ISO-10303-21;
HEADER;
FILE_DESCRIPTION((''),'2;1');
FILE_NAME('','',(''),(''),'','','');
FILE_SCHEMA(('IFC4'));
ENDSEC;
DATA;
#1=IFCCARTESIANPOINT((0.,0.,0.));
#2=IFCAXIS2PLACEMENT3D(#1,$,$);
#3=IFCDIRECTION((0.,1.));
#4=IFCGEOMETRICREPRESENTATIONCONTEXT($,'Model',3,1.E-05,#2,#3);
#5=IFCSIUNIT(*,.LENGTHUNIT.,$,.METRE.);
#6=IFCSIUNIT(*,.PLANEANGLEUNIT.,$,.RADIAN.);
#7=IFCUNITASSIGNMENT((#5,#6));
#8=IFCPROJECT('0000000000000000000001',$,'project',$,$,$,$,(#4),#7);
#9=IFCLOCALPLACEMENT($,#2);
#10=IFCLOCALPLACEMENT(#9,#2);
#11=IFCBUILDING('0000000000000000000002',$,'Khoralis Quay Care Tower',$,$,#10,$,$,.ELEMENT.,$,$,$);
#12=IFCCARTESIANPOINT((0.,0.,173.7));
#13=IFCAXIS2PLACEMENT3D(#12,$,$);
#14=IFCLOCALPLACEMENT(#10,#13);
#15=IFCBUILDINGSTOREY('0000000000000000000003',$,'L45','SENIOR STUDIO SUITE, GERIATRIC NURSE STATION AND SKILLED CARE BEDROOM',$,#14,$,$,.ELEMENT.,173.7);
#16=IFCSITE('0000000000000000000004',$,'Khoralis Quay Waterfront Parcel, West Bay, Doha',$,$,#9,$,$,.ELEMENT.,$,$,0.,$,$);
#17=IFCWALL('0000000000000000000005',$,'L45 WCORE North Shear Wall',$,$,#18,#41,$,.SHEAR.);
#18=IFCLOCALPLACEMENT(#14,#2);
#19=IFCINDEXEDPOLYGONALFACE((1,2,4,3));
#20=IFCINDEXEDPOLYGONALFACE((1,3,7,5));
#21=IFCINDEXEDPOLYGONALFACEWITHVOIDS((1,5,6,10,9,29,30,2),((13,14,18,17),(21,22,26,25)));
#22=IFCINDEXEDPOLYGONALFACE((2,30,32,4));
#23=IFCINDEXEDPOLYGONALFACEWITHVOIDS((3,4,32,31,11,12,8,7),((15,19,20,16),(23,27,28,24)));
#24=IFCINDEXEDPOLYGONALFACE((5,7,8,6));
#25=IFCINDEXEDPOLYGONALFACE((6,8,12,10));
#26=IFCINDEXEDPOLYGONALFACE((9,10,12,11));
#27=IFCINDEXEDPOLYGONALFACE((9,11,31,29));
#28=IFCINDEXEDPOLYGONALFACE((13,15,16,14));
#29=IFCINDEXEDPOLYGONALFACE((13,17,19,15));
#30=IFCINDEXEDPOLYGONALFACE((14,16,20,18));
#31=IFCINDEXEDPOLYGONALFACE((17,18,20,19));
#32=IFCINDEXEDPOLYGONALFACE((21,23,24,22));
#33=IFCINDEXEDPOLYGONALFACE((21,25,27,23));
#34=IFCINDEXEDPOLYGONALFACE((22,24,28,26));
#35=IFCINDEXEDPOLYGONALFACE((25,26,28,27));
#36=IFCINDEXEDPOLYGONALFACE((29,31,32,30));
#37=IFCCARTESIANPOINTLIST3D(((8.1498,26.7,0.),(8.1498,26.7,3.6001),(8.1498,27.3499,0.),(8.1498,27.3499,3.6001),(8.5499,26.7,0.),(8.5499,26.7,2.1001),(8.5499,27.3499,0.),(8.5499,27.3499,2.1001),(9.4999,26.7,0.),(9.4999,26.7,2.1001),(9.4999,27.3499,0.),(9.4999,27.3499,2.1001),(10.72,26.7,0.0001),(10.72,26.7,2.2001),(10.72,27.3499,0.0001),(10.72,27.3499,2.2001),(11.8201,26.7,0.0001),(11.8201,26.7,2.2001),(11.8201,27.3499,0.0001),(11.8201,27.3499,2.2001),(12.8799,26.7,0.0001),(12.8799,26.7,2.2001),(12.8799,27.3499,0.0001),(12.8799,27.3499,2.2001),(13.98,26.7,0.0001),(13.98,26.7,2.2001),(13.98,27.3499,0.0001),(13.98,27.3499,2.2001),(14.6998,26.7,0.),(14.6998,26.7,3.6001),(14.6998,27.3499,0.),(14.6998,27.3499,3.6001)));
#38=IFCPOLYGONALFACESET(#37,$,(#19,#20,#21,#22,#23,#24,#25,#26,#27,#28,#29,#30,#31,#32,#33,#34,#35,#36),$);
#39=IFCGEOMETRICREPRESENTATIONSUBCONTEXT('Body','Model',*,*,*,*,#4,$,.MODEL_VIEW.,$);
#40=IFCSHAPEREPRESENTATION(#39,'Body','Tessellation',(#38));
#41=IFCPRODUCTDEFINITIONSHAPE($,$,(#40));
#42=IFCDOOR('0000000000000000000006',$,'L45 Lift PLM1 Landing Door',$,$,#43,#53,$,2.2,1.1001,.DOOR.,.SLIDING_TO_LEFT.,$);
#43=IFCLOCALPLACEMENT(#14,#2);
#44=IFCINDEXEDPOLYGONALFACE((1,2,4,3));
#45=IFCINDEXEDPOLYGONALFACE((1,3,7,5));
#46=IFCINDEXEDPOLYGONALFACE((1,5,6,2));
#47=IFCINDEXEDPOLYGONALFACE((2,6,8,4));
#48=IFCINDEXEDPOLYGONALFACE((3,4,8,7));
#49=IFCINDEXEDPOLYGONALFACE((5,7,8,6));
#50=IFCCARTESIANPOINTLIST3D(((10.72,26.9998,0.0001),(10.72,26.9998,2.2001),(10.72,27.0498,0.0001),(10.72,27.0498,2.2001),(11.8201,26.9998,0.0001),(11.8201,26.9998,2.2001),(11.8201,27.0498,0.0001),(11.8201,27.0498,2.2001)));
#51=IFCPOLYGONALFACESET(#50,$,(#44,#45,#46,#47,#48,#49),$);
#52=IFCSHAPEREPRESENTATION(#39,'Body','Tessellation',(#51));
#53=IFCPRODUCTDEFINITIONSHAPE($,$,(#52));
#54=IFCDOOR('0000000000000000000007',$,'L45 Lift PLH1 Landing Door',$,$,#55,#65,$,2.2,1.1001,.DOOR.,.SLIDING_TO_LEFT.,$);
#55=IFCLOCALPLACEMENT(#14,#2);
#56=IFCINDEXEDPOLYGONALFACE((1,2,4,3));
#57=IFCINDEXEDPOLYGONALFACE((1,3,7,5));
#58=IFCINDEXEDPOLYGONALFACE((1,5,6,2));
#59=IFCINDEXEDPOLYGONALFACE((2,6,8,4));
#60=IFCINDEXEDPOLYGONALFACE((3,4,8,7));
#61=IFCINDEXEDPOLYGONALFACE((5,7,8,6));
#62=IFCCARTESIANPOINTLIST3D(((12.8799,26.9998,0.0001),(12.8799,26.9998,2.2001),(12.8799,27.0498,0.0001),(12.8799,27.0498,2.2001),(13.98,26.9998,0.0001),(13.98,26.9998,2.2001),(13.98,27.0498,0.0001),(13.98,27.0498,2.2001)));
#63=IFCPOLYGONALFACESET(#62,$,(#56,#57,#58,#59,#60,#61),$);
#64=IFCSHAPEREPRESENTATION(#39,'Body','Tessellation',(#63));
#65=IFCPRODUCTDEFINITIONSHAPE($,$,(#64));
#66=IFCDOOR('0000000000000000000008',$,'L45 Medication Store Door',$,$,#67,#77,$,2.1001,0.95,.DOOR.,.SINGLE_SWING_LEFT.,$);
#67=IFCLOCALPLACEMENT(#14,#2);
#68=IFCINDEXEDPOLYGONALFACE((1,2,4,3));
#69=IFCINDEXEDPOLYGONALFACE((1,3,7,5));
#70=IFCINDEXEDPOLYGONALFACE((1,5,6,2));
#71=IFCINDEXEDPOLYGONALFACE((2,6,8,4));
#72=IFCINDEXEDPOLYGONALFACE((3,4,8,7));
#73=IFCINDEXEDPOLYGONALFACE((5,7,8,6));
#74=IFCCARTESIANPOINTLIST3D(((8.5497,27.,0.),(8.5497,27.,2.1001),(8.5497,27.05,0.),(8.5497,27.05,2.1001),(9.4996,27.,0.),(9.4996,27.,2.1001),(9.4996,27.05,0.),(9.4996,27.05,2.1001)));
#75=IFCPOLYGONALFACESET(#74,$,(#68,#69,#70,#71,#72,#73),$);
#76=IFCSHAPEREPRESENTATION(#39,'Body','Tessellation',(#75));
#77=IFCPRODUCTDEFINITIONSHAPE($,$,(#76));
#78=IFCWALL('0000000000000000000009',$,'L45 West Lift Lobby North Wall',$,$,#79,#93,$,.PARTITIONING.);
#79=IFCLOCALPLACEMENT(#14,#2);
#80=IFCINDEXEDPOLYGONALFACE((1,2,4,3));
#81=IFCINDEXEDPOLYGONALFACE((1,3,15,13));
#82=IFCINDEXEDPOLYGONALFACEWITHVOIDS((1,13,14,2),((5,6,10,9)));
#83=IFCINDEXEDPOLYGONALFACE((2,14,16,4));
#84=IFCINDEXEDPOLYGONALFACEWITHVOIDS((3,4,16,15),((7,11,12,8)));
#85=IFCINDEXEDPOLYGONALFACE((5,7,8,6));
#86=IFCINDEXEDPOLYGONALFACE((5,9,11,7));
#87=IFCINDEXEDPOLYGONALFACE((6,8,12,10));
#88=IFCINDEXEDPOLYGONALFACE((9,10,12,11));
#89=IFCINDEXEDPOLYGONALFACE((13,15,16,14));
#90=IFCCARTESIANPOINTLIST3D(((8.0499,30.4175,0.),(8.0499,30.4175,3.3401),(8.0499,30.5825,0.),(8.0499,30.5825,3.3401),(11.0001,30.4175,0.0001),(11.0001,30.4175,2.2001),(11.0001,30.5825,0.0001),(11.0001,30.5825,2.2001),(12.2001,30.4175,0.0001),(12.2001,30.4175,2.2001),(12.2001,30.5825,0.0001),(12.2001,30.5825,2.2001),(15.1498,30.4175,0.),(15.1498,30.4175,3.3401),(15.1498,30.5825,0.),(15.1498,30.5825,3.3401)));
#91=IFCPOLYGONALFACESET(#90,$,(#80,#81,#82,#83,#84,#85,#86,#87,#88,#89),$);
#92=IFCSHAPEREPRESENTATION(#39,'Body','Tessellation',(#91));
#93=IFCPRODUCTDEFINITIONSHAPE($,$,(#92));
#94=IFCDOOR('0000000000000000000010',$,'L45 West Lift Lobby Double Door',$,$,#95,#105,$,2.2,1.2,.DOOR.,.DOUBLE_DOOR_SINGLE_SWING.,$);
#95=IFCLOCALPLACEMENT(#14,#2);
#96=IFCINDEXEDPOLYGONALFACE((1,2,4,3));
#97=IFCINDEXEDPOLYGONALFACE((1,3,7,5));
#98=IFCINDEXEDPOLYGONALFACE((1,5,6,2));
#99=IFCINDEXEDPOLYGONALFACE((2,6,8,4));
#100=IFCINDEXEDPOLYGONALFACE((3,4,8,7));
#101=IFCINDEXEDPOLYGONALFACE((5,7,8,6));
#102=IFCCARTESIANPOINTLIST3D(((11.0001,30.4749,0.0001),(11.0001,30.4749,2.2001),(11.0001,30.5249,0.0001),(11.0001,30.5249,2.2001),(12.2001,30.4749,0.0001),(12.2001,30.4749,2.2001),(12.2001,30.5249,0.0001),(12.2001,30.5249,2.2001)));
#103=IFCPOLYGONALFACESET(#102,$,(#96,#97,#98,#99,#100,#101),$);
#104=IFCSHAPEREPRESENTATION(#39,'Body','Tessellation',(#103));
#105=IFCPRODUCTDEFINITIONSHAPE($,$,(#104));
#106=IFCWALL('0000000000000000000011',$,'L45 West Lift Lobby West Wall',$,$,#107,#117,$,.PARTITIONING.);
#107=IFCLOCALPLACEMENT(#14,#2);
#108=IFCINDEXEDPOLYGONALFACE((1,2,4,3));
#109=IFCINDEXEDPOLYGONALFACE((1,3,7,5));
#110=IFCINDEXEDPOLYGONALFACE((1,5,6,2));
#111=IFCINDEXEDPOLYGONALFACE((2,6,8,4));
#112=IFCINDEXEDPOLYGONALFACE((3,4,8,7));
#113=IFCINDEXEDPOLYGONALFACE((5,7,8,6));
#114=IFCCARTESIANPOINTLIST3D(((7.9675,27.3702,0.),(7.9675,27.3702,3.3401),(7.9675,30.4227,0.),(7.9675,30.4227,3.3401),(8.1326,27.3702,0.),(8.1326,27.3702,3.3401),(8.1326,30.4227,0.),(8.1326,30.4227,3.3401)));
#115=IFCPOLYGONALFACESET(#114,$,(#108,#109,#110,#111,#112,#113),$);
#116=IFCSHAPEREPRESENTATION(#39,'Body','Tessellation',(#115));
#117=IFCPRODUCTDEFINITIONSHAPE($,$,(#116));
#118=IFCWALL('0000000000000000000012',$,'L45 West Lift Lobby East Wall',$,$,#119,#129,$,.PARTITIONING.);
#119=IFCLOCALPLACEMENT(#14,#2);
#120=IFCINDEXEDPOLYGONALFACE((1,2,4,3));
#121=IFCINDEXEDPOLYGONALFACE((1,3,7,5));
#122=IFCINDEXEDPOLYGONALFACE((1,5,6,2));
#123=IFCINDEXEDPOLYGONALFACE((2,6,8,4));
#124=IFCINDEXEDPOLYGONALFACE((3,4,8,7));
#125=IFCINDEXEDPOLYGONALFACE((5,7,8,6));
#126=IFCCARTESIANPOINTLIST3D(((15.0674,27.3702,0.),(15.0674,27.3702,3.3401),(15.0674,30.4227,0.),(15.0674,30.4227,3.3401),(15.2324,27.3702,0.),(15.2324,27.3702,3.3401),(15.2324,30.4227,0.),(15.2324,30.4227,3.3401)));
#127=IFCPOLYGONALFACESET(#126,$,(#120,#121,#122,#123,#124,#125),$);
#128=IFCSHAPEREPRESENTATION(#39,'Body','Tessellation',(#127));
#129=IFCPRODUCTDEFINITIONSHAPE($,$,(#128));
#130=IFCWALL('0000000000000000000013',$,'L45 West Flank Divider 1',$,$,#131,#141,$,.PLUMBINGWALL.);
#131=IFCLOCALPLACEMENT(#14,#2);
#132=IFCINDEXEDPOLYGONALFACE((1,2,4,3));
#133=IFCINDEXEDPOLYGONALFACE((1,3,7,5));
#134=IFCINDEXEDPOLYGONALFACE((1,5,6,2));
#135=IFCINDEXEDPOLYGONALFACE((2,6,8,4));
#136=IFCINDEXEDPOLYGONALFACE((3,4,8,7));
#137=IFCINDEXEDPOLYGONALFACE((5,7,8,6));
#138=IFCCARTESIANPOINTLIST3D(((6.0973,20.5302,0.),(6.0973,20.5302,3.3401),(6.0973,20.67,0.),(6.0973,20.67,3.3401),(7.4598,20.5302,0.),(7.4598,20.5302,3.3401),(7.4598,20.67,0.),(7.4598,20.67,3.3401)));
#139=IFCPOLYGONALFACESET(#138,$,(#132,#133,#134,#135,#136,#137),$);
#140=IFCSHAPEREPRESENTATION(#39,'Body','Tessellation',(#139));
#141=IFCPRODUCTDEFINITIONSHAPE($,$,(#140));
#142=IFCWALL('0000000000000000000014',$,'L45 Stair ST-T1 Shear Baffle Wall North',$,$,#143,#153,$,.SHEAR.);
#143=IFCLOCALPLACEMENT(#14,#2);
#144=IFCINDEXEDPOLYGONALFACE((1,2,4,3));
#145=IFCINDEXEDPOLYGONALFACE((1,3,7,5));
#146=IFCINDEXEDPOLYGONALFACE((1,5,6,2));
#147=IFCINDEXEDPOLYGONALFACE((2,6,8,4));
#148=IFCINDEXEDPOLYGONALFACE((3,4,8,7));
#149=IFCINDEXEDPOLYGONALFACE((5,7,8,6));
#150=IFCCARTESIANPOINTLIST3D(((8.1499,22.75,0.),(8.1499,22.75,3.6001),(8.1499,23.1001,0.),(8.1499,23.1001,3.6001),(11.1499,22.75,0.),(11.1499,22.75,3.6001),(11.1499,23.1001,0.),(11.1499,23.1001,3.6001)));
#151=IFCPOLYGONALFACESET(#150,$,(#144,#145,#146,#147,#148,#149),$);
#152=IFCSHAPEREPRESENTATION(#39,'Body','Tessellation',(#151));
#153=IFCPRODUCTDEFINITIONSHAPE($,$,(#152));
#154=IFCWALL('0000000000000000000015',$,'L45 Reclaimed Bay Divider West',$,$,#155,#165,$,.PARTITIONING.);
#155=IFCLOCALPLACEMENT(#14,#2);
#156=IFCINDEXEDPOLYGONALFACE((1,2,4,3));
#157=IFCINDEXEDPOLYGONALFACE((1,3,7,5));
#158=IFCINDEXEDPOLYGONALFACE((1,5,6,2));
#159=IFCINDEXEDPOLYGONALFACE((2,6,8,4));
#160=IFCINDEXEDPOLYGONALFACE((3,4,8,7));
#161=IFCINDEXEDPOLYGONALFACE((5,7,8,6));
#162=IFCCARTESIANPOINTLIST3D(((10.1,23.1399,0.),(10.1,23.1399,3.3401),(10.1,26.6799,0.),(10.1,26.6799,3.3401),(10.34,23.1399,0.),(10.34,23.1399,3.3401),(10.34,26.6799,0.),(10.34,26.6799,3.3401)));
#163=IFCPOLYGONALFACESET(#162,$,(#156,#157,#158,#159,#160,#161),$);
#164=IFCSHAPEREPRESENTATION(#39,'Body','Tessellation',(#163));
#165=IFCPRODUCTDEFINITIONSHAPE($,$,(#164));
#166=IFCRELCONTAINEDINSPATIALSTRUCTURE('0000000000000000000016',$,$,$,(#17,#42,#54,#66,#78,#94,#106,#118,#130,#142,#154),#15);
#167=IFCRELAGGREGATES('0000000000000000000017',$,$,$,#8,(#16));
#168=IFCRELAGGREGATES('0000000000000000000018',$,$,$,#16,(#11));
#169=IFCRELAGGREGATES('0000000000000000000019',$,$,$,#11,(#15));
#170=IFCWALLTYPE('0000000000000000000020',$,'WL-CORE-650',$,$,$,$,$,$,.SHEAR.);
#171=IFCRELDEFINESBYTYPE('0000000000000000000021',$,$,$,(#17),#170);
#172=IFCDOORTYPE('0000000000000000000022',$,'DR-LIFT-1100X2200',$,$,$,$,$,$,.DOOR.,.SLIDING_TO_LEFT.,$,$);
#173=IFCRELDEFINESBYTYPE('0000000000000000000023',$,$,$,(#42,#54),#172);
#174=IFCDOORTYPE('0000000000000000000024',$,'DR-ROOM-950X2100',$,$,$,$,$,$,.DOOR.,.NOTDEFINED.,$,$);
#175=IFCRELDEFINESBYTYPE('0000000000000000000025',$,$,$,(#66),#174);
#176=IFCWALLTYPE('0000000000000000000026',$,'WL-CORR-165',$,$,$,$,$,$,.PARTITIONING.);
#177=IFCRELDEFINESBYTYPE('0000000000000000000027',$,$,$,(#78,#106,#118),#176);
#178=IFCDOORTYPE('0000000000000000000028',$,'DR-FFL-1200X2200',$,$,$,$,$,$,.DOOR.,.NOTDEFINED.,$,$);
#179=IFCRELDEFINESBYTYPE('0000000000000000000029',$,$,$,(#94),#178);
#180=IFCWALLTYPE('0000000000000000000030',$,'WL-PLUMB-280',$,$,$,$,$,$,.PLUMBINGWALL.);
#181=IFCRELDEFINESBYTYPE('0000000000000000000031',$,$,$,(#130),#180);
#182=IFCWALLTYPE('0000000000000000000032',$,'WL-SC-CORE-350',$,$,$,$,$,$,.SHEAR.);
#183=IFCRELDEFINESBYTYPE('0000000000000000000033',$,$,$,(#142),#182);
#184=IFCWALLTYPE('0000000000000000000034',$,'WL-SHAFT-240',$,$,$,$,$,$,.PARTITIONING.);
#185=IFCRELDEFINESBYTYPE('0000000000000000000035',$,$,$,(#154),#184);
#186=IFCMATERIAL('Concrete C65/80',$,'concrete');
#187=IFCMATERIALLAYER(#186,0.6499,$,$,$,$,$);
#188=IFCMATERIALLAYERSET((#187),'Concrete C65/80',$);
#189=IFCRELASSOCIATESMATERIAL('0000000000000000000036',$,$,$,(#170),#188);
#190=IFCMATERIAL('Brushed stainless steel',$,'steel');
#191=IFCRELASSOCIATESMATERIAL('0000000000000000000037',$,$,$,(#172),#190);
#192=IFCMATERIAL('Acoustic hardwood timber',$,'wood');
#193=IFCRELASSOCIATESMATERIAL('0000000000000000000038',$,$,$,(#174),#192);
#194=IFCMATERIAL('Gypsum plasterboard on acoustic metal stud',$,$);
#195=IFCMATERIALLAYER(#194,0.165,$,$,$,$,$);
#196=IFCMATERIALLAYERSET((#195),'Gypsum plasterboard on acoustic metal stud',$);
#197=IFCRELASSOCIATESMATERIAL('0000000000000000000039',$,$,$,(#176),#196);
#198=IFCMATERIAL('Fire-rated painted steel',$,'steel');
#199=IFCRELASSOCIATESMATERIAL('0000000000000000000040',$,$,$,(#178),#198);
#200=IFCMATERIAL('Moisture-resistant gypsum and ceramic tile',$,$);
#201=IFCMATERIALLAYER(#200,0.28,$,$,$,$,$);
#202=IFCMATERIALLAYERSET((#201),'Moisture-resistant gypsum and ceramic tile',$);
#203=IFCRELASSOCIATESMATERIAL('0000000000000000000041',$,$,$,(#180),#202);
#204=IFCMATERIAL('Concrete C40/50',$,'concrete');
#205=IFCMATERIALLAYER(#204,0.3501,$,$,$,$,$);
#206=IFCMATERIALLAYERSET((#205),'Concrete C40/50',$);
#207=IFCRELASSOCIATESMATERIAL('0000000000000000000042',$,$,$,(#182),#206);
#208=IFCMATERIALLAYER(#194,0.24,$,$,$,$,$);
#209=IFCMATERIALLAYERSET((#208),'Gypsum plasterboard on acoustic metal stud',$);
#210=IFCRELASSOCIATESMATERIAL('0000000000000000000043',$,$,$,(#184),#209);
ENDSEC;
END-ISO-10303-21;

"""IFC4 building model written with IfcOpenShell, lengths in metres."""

from ifc_helpers import new_model, si_unit, direction, frame, frame_2d, origin, place, context, subcontext, project, spatial, rectangle, extrude, source, transform, mapped, material, layer, layer_set, type_object, element, fill, save


model = new_model("IFC4")

# Units and contexts
model_context = context("Model", 3, precision=1e-05, world=origin(), true_north=direction((0.0, 1.0)))
body_context = subcontext(model_context, "Body", "Model", "MODEL_VIEW")
ifc_project = project(units=[si_unit("LENGTHUNIT", "METRE"), si_unit("PLANEANGLEUNIT", "RADIAN")], contexts=[model_context])

# Site, building, storey
site_placement = place(None, origin())
site = spatial("IfcSite", under=ifc_project, at=site_placement, Name="Khoralis Quay Waterfront Parcel, West Bay, Doha", CompositionType="ELEMENT", RefElevation=0.0)
building_placement = place(site_placement, origin())
building = spatial("IfcBuilding", under=site, at=building_placement, Name="Khoralis Quay Care Tower", CompositionType="ELEMENT")
storey_placement = place(building_placement, frame((0.0, 0.0, 173.7)))
storey = spatial("IfcBuildingStorey", under=building, at=storey_placement, Name="L45", Description="SENIOR STUDIO SUITE, GERIATRIC NURSE STATION AND SKILLED CARE BEDROOM", CompositionType="ELEMENT", Elevation=173.7)

# Shared definitions
ifc_material_1 = material(Name="Concrete C65/80", Category="concrete")

# Wall, openings, doors
ifc_layer_1 = layer(ifc_material_1, 0.6499)
ifc_layer_set_1 = layer_set([ifc_layer_1], Name="Concrete C65/80")
wall_type_1 = type_object("IfcWallType", Name="WL-CORE-650", PredefinedType="SHEAR", material=ifc_layer_set_1)
wall_1_placement = place(storey_placement, frame((8.1499, 27.0249, 0.0), z_axis=(0.0, 0.0, 1.0), x_axis=(1.0, 0.0, 0.0)))
wall_1 = element("IfcWall", 1, at=wall_1_placement, inside=storey, type_object=wall_type_1, Name="L45 WCORE North Shear Wall", PredefinedType="SHEAR", context=body_context, shape_type="SweptSolid", body=[
    extrude(rectangle(XDim=6.55, YDim=0.6499, at=frame_2d((3.2749, 0.0))), origin(), (0.0, 0.0, 1.0), 3.6001),
])
opening_1_placement = place(wall_1_placement, frame((0.3999, 0.0, 0.0)))
opening_1 = element("IfcOpeningElement", 2, at=opening_1_placement, cuts=wall_1, PredefinedType="OPENING", context=body_context, shape_type="SweptSolid", body=[
    extrude(rectangle(XDim=0.95, YDim=2.1001, at=frame_2d((0.4751, 1.05))), frame((0.0, 0.335, 0.0), z_axis=(0.0, -1.0, 0.0), x_axis=(1.0, 0.0, 0.0)), (0.0, 0.0, 1.0), 0.6699),
])
opening_2_placement = place(wall_1_placement, frame((2.5701, 0.0, 0.0)))
opening_2 = element("IfcOpeningElement", 3, at=opening_2_placement, cuts=wall_1, PredefinedType="OPENING", context=body_context, shape_type="SweptSolid", body=[
    extrude(rectangle(XDim=1.1001, YDim=2.2, at=frame_2d((0.55, 1.1001))), frame((0.0, 0.335, 0.0), z_axis=(0.0, -1.0, 0.0), x_axis=(1.0, 0.0, 0.0)), (0.0, 0.0, 1.0), 0.6699),
])
opening_3_placement = place(wall_1_placement, frame((4.73, 0.0, 0.0)))
opening_3 = element("IfcOpeningElement", 4, at=opening_3_placement, cuts=wall_1, PredefinedType="OPENING", context=body_context, shape_type="SweptSolid", body=[
    extrude(rectangle(XDim=1.1001, YDim=2.2, at=frame_2d((0.55, 1.1001))), frame((0.0, 0.335, 0.0), z_axis=(0.0, -1.0, 0.0), x_axis=(1.0, 0.0, 0.0)), (0.0, 0.0, 1.0), 0.6699),
])
ifc_material_2 = material(Name="Brushed stainless steel", Category="steel")
door_type_1 = type_object("IfcDoorType", Name="DR-LIFT-1100X2200", OperationType="SLIDING_TO_LEFT", PredefinedType="DOOR", material=ifc_material_2)
shared_shape_1 = source(origin(), body_context, "Body", "SweptSolid", [
    extrude(rectangle(XDim=1.1001, YDim=2.2, at=frame_2d((0.55, 1.1001))), frame((0.0, 0.0249, 0.0), z_axis=(0.0, -1.0, 0.0), x_axis=(1.0, 0.0, 0.0)), (0.0, 0.0, 1.0), 0.05),
])
door_1_placement = place(opening_2_placement, origin())
door_1 = element("IfcDoor", 5, at=door_1_placement, inside=storey, type_object=door_type_1, Name="L45 Lift PLM1 Landing Door", OperationType="SLIDING_TO_LEFT", OverallHeight=2.2, OverallWidth=1.1001, PredefinedType="DOOR", context=body_context, shape_type="MappedRepresentation", body=[
    mapped(shared_shape_1, transform((0.0, 0.0, 0.0), scale=1.0)),
])
fill(opening_2, door_1)
door_2_placement = place(opening_3_placement, origin())
door_2 = element("IfcDoor", 6, at=door_2_placement, inside=storey, type_object=door_type_1, Name="L45 Lift PLH1 Landing Door", OperationType="SLIDING_TO_LEFT", OverallHeight=2.2, OverallWidth=1.1001, PredefinedType="DOOR", context=body_context, shape_type="MappedRepresentation", body=[
    mapped(shared_shape_1, transform((0.0, 0.0, 0.0), scale=1.0)),
])
fill(opening_3, door_2)
ifc_material_3 = material(Name="Acoustic hardwood timber", Category="wood")
door_type_2 = type_object("IfcDoorType", Name="DR-ROOM-950X2100", OperationType="NOTDEFINED", PredefinedType="DOOR", material=ifc_material_3)
shared_shape_2 = source(origin(), body_context, "Body", "SweptSolid", [
    extrude(rectangle(XDim=0.95, YDim=2.1001, at=frame_2d((0.4751, 1.05))), frame((0.0, 0.0249, 0.0), z_axis=(0.0, -1.0, 0.0), x_axis=(1.0, 0.0, 0.0)), (0.0, 0.0, 1.0), 0.05),
])
door_3_placement = place(opening_1_placement, frame((0.95, 0.0, 0.0), z_axis=(0.0, 0.0, 1.0), x_axis=(-1.0, 0.0, 0.0)))
door_3 = element("IfcDoor", 7, at=door_3_placement, inside=storey, type_object=door_type_2, Name="L45 Medication Store Door", OperationType="SINGLE_SWING_LEFT", OverallHeight=2.1001, OverallWidth=0.95, PredefinedType="DOOR", context=body_context, shape_type="MappedRepresentation", body=[
    mapped(shared_shape_2, transform((0.0, 0.0, 0.0), scale=1.0)),
])
fill(opening_1, door_3)

# Wall, opening, door
ifc_material_4 = material(Name="Gypsum plasterboard on acoustic metal stud")
ifc_layer_2 = layer(ifc_material_4, 0.165)
ifc_layer_set_2 = layer_set([ifc_layer_2], Name="Gypsum plasterboard on acoustic metal stud")
wall_type_2 = type_object("IfcWallType", Name="WL-CORR-165", PredefinedType="PARTITIONING", material=ifc_layer_set_2)
wall_2_placement = place(storey_placement, frame((8.05, 30.5, 0.0), z_axis=(0.0, 0.0, 1.0), x_axis=(1.0, 0.0, 0.0)))
wall_2 = element("IfcWall", 8, at=wall_2_placement, inside=storey, type_object=wall_type_2, Name="L45 West Lift Lobby North Wall", PredefinedType="PARTITIONING", context=body_context, shape_type="SweptSolid", body=[
    extrude(rectangle(XDim=7.0999, YDim=0.165, at=frame_2d((3.5498, 0.0))), origin(), (0.0, 0.0, 1.0), 3.3401),
])
opening_4_placement = place(wall_2_placement, frame((2.95, 0.0, 0.0)))
opening_4 = element("IfcOpeningElement", 9, at=opening_4_placement, cuts=wall_2, PredefinedType="OPENING", context=body_context, shape_type="SweptSolid", body=[
    extrude(rectangle(XDim=1.2, YDim=2.2, at=frame_2d((0.6001, 1.1001))), frame((0.0, 0.0925, 0.0), z_axis=(0.0, -1.0, 0.0), x_axis=(1.0, 0.0, 0.0)), (0.0, 0.0, 1.0), 0.1851),
])
ifc_material_5 = material(Name="Fire-rated painted steel", Category="steel")
door_type_3 = type_object("IfcDoorType", Name="DR-FFL-1200X2200", OperationType="NOTDEFINED", PredefinedType="DOOR", material=ifc_material_5)
shared_shape_3 = source(origin(), body_context, "Body", "SweptSolid", [
    extrude(rectangle(XDim=1.2, YDim=2.2, at=frame_2d((0.6001, 1.1001))), frame((0.0, 0.0249, 0.0), z_axis=(0.0, -1.0, 0.0), x_axis=(1.0, 0.0, 0.0)), (0.0, 0.0, 1.0), 0.05),
])
door_4_placement = place(opening_4_placement, origin())
door_4 = element("IfcDoor", 10, at=door_4_placement, inside=storey, type_object=door_type_3, Name="L45 West Lift Lobby Double Door", OperationType="DOUBLE_DOOR_SINGLE_SWING", OverallHeight=2.2, OverallWidth=1.2, PredefinedType="DOOR", context=body_context, shape_type="MappedRepresentation", body=[
    mapped(shared_shape_3, transform((0.0, 0.0, 0.0), scale=1.0)),
])
fill(opening_4, door_4)

# Walls
for number, where, z_axis, x_axis, name in (
    (11, (8.05, 27.3701, 0.0), (0.0, 0.0, 1.0), (0.0, 1.0, 0.0), "L45 West Lift Lobby West Wall"),
    (12, (15.1499, 27.3701, 0.0), (0.0, 0.0, 1.0), (0.0, 1.0, 0.0), "L45 West Lift Lobby East Wall"),
):
    element("IfcWall", number, at=place(storey_placement, frame(where, z_axis=z_axis, x_axis=x_axis)), inside=storey, type_object=wall_type_2, Name=name, PredefinedType="PARTITIONING", context=body_context, shape_type="SweptSolid", body=[
        extrude(rectangle(XDim=3.0525, YDim=0.165, at=frame_2d((1.5264, 0.0))), origin(), (0.0, 0.0, 1.0), 3.3401),
    ])
ifc_material_6 = material(Name="Moisture-resistant gypsum and ceramic tile")
ifc_layer_3 = layer(ifc_material_6, 0.28)
ifc_layer_set_3 = layer_set([ifc_layer_3], Name="Moisture-resistant gypsum and ceramic tile")
wall_type_3 = type_object("IfcWallType", Name="WL-PLUMB-280", PredefinedType="PLUMBINGWALL", material=ifc_layer_set_3)
wall_3_placement = place(storey_placement, frame((6.0974, 20.6001, 0.0), z_axis=(0.0, 0.0, 1.0), x_axis=(1.0, 0.0, 0.0)))
element("IfcWall", 13, at=wall_3_placement, inside=storey, type_object=wall_type_3, Name="L45 West Flank Divider 1", PredefinedType="PLUMBINGWALL", context=body_context, shape_type="SweptSolid", body=[
    extrude(rectangle(XDim=1.3625, YDim=0.1399, at=frame_2d((0.6812, 0.0))), origin(), (0.0, 0.0, 1.0), 3.3401),
])
ifc_material_7 = material(Name="Concrete C40/50", Category="concrete")
ifc_layer_4 = layer(ifc_material_7, 0.3501)
ifc_layer_set_4 = layer_set([ifc_layer_4], Name="Concrete C40/50")
wall_type_4 = type_object("IfcWallType", Name="WL-SC-CORE-350", PredefinedType="SHEAR", material=ifc_layer_set_4)
wall_4_placement = place(storey_placement, frame((8.1499, 22.925, 0.0), z_axis=(0.0, 0.0, 1.0), x_axis=(1.0, 0.0, 0.0)))
element("IfcWall", 14, at=wall_4_placement, inside=storey, type_object=wall_type_4, Name="L45 Stair ST-T1 Shear Baffle Wall North", PredefinedType="SHEAR", context=body_context, shape_type="SweptSolid", body=[
    extrude(rectangle(XDim=3.0, YDim=0.3501, at=frame_2d((1.5, 0.0))), origin(), (0.0, 0.0, 1.0), 3.6001),
])
ifc_layer_5 = layer(ifc_material_4, 0.24)
ifc_layer_set_5 = layer_set([ifc_layer_5], Name="Gypsum plasterboard on acoustic metal stud")
wall_type_5 = type_object("IfcWallType", Name="WL-SHAFT-240", PredefinedType="PARTITIONING", material=ifc_layer_set_5)
wall_5_placement = place(storey_placement, frame((10.22, 23.1399, 0.0), z_axis=(0.0, 0.0, 1.0), x_axis=(0.0, 1.0, 0.0)))
element("IfcWall", 15, at=wall_5_placement, inside=storey, type_object=wall_type_5, Name="L45 Reclaimed Bay Divider West", PredefinedType="PARTITIONING", context=body_context, shape_type="SweptSolid", body=[
    extrude(rectangle(XDim=3.54, YDim=0.24, at=frame_2d((1.77, 0.0))), origin(), (0.0, 0.0, 1.0), 3.3401),
])

save(model, "model.ifc")
